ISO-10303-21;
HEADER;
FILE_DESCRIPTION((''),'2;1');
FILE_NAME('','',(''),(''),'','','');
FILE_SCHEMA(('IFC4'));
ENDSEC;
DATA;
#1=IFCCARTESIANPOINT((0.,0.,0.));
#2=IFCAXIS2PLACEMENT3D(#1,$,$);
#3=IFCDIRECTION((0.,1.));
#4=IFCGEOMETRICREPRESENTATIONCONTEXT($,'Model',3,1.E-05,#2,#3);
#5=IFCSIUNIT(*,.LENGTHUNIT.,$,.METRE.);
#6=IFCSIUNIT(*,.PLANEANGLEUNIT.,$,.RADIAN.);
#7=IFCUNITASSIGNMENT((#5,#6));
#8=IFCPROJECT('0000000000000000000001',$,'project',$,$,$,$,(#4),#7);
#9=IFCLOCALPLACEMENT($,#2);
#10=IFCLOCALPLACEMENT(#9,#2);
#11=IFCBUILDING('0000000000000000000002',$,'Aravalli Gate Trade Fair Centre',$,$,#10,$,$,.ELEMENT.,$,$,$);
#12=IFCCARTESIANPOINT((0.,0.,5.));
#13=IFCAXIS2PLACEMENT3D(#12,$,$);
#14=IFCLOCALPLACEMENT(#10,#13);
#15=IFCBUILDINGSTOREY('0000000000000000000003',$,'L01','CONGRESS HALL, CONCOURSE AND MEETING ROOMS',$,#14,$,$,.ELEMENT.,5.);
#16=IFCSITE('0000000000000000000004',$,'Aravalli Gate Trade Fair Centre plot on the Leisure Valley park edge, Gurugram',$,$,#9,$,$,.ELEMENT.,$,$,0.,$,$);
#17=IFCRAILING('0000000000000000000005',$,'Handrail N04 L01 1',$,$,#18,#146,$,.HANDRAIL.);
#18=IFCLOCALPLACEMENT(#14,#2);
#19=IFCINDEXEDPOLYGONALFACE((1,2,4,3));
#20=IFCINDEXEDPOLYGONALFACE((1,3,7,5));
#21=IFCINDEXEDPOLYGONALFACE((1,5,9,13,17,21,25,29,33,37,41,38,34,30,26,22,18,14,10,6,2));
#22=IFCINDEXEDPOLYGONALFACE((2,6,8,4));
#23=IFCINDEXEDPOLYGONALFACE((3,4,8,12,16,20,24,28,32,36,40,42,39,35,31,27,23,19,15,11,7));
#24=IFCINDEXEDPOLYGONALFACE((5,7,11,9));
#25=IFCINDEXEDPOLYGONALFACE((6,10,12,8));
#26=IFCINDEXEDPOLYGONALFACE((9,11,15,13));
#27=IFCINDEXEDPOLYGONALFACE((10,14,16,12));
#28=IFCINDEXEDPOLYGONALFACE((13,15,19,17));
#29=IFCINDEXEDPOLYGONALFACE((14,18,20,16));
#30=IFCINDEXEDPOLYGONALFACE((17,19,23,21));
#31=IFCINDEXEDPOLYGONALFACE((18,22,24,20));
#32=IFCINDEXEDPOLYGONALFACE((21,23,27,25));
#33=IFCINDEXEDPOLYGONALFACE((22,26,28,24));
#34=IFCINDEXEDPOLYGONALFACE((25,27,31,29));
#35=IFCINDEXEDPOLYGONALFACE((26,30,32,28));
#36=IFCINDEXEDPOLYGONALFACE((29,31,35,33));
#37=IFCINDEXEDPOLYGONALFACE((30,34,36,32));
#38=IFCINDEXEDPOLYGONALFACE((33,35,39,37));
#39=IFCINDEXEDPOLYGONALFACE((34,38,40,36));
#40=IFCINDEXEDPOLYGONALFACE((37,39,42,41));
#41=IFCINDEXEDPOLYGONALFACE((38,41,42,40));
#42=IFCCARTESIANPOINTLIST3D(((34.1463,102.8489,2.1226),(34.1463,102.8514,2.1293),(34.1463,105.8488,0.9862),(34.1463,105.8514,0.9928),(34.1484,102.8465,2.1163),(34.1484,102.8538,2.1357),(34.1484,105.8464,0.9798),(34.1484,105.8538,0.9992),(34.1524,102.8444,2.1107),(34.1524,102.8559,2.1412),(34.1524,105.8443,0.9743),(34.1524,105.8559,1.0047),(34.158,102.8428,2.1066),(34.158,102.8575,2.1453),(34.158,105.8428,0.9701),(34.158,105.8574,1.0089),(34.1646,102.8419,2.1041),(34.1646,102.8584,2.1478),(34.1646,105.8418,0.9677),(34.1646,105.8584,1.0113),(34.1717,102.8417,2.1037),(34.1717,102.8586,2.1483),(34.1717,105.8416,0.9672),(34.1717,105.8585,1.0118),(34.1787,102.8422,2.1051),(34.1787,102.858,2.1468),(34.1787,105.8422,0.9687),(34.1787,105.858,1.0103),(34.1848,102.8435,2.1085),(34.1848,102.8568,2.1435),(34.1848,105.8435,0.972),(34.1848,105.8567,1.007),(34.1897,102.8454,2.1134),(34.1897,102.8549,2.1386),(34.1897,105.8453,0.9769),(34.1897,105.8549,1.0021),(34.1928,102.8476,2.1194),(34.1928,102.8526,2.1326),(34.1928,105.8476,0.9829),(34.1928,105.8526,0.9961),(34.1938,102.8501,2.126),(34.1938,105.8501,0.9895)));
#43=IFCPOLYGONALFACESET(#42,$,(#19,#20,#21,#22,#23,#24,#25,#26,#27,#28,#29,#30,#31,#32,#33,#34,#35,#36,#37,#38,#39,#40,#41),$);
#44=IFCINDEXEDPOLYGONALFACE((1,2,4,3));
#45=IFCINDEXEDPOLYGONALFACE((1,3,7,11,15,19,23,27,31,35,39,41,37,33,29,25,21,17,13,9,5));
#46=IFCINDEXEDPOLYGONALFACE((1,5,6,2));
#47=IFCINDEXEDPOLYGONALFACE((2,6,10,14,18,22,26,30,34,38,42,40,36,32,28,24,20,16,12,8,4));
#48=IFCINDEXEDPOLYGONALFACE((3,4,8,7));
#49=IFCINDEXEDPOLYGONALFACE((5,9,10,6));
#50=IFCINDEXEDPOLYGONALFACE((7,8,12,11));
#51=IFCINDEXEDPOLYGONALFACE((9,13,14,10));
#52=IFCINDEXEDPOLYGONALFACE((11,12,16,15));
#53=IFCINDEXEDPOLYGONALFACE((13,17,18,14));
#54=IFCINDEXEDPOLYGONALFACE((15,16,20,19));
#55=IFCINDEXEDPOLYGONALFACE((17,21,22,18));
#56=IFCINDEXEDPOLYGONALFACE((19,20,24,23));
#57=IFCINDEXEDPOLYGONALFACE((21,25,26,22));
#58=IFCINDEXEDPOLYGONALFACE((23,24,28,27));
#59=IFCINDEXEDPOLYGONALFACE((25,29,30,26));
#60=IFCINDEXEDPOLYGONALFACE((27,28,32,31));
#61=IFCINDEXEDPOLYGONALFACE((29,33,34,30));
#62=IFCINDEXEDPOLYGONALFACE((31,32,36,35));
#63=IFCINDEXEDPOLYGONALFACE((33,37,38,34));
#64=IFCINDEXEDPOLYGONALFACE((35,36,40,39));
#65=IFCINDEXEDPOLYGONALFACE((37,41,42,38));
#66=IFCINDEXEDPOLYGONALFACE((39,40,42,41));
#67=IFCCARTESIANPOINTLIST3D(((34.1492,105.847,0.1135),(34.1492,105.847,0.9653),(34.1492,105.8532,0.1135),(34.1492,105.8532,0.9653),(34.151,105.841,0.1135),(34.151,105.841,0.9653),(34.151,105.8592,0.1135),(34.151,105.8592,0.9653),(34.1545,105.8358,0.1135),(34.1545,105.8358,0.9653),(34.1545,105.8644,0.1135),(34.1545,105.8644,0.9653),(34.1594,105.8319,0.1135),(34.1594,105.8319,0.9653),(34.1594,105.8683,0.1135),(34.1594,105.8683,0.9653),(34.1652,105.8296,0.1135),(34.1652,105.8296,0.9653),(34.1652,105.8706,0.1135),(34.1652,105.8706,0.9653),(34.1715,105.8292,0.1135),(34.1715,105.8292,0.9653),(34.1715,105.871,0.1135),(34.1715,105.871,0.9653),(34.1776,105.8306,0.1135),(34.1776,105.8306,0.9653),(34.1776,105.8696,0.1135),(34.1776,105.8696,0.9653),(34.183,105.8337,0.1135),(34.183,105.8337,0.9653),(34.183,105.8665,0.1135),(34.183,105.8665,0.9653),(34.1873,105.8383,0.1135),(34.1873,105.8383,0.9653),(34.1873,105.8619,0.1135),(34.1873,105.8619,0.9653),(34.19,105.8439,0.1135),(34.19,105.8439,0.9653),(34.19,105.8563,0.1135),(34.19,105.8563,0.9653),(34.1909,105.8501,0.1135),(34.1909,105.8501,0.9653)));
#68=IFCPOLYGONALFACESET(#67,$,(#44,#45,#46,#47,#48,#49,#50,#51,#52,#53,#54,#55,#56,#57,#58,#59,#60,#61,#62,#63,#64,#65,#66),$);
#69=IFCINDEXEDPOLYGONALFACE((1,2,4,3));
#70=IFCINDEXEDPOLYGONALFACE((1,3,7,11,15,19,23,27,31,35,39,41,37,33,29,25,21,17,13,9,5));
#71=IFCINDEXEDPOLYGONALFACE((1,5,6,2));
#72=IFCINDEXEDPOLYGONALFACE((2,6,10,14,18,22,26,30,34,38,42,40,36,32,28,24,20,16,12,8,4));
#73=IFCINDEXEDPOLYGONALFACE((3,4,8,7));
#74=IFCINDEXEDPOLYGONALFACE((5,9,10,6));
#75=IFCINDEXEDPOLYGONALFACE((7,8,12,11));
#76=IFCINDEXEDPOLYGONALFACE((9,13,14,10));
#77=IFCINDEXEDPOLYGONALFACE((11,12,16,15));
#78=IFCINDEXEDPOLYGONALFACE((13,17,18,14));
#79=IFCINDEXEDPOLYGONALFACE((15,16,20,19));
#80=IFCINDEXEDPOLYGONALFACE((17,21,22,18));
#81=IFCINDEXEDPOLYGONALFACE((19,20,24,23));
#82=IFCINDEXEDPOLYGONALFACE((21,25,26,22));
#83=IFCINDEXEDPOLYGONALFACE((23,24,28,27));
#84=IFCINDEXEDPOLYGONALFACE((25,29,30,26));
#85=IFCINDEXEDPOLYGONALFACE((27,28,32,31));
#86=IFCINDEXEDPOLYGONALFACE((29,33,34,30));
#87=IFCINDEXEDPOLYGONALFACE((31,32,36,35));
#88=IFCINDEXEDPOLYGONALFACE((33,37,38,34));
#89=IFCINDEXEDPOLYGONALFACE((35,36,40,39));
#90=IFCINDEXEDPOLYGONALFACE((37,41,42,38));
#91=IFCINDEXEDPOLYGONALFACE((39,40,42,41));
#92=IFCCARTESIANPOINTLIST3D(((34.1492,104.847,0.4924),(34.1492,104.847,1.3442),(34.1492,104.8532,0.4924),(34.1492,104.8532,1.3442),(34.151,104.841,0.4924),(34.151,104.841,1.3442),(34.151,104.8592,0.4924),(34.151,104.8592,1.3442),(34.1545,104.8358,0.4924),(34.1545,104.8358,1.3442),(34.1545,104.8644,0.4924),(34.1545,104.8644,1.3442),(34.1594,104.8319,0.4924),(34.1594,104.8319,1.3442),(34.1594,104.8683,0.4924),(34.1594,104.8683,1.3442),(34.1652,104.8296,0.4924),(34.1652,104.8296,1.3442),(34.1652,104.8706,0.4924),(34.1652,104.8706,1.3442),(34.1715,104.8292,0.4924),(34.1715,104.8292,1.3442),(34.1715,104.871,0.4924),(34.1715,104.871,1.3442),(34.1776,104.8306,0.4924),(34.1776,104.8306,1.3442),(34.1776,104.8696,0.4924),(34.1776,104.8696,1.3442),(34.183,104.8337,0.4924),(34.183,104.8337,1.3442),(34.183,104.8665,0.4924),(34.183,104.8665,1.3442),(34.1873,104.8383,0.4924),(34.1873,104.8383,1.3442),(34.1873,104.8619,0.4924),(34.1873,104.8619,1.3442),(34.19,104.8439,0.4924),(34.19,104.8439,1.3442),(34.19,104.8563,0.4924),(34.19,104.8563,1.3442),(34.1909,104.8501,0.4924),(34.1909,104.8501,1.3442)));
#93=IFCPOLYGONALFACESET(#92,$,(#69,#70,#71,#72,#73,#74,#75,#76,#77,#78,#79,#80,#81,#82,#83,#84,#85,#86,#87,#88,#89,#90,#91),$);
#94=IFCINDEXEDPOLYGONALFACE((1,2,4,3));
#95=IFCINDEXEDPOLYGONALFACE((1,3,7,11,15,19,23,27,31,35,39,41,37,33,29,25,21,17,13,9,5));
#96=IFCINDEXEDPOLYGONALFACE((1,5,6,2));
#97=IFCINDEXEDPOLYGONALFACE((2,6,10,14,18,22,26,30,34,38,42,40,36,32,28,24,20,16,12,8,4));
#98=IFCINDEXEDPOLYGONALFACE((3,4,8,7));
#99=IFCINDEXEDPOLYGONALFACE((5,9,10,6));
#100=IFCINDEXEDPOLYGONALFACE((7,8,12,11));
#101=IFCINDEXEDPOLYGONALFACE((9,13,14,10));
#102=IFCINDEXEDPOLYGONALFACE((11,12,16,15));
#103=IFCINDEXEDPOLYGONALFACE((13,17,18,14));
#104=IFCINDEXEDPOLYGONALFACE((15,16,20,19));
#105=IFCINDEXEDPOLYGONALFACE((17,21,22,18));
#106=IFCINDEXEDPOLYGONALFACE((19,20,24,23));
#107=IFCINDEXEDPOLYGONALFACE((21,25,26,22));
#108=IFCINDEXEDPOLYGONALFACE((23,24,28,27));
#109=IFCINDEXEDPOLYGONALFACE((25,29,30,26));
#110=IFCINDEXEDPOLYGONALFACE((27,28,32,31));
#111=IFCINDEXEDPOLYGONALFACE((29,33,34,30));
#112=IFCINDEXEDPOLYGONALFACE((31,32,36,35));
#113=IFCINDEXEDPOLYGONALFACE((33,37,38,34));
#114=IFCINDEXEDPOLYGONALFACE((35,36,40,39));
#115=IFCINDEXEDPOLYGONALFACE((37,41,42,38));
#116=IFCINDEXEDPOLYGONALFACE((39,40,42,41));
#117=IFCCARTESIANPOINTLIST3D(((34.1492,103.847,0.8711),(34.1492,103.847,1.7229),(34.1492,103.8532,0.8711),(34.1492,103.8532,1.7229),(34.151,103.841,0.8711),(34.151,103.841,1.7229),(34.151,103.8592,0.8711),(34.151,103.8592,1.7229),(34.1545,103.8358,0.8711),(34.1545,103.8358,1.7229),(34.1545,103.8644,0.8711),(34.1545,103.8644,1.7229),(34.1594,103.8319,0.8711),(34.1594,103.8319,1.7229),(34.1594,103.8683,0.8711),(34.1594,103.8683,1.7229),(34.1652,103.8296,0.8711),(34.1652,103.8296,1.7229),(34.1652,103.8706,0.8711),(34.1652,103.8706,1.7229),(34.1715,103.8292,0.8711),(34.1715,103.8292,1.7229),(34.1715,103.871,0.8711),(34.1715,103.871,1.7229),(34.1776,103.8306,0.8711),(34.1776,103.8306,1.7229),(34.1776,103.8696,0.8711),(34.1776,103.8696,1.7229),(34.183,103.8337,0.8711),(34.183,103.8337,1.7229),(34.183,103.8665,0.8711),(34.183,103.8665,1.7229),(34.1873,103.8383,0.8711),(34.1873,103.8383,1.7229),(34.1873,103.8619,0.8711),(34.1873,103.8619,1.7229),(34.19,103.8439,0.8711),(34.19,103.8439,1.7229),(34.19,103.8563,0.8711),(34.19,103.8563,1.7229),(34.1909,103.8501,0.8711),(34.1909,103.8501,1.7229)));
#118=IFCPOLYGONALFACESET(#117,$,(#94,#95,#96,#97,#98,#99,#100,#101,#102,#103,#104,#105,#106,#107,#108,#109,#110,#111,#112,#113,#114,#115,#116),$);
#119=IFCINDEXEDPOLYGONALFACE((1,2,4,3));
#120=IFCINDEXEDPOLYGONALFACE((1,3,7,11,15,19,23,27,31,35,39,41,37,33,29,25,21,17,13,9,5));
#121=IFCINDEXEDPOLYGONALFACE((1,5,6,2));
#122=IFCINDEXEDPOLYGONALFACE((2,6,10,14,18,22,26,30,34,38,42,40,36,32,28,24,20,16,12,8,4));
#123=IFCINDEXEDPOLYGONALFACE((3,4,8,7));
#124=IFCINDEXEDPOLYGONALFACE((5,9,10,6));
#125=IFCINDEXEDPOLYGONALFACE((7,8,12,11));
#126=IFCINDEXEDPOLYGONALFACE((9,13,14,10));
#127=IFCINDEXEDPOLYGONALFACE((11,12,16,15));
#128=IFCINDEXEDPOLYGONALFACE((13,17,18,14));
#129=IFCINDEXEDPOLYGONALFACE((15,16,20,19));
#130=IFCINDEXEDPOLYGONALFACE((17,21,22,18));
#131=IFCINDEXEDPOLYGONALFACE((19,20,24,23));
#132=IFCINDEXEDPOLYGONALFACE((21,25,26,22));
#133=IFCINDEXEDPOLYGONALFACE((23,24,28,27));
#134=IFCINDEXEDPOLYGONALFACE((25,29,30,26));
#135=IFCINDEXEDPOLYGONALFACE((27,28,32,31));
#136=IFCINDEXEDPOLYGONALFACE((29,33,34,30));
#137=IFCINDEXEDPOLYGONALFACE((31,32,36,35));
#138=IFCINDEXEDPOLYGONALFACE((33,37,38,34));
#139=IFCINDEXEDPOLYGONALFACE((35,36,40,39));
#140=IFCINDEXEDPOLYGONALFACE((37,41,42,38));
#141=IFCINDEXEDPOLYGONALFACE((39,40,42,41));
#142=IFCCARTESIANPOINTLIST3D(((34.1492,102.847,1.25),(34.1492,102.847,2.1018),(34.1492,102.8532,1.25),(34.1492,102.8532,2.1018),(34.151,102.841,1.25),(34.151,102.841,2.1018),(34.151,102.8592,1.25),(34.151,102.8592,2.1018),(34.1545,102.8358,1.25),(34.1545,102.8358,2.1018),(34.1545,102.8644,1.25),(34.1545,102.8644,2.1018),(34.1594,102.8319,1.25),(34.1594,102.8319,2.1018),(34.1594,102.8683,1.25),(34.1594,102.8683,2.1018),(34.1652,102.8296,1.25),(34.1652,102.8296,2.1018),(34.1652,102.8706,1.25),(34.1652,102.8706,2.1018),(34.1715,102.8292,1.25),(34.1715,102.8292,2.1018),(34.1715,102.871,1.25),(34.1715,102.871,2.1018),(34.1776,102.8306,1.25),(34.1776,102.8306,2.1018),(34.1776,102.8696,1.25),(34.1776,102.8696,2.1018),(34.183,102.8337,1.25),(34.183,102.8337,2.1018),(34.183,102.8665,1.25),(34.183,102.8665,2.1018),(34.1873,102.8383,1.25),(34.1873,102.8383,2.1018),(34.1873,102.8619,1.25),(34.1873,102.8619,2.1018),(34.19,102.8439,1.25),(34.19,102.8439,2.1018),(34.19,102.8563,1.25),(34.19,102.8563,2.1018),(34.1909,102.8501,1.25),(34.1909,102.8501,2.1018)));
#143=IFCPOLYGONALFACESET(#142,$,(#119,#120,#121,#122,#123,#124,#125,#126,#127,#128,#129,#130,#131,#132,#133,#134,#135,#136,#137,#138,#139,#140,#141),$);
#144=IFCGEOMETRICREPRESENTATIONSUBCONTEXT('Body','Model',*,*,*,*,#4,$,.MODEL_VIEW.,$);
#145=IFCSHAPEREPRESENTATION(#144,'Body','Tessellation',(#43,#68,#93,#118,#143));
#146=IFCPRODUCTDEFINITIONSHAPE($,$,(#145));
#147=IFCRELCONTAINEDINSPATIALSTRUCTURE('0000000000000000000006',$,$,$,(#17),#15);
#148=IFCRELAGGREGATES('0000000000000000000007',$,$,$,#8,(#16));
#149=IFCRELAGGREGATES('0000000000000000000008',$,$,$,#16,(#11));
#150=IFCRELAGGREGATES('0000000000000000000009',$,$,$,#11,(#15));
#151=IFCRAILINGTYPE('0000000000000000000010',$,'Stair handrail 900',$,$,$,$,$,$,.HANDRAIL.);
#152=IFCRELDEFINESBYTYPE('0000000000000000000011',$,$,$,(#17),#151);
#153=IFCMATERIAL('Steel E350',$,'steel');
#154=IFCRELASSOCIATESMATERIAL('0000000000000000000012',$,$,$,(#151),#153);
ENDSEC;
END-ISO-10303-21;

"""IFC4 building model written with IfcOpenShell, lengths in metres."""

from ifc_helpers import new_model, si_unit, direction, frame, origin, origin_2d, place, context, subcontext, project, spatial, circle, extrude, material, type_object, element, save


model = new_model("IFC4")

# Units and contexts
model_context = context("Model", 3, precision=1e-05, world=origin(), true_north=direction((0.0, 1.0)))
body_context = subcontext(model_context, "Body", "Model", "MODEL_VIEW")
ifc_project = project(units=[si_unit("LENGTHUNIT", "METRE"), si_unit("PLANEANGLEUNIT", "RADIAN")], contexts=[model_context])

# Site, building, storey
site_placement = place(None, origin())
site = spatial("IfcSite", under=ifc_project, at=site_placement, Name="Aravalli Gate Trade Fair Centre plot on the Leisure Valley park edge, Gurugram", CompositionType="ELEMENT", RefElevation=0.0)
building_placement = place(site_placement, origin())
building = spatial("IfcBuilding", under=site, at=building_placement, Name="Aravalli Gate Trade Fair Centre", CompositionType="ELEMENT")
storey_placement = place(building_placement, frame((0.0, 0.0, 5.0)))
storey = spatial("IfcBuildingStorey", under=building, at=storey_placement, Name="L01", Description="CONGRESS HALL, CONCOURSE AND MEETING ROOMS", CompositionType="ELEMENT", Elevation=5.0)

# Shared definitions
ifc_material_1 = material(Name="Steel E350", Category="steel")

# Railing
railing_type_1 = type_object("IfcRailingType", Name="Stair handrail 900", PredefinedType="HANDRAIL", material=ifc_material_1)
railing_1_placement = place(storey_placement, frame((34.1699, 105.8501, 0.1135)))
element("IfcRailing", 1, at=railing_1_placement, inside=storey, type_object=railing_type_1, Name="Handrail N04 L01 1", PredefinedType="HANDRAIL", context=body_context, shape_type="SweptSolid", body=[
    extrude(circle(Radius=0.0239, at=origin_2d()), frame((0.0, 0.0, 0.876), z_axis=(0.0, -0.935148, 0.354257), x_axis=(1.0, 0.0, 0.0)), (0.0, 0.0, 1.0), 3.208),
    extrude(circle(Radius=0.021, at=origin_2d()), origin(), (0.0, 0.0, 1.0), 0.8518),
    extrude(circle(Radius=0.021, at=origin_2d()), frame((0.0, -1.0, 0.3789)), (0.0, 0.0, 1.0), 0.8518),
    extrude(circle(Radius=0.021, at=origin_2d()), frame((0.0, -2.0, 0.7576)), (0.0, 0.0, 1.0), 0.8518),
    extrude(circle(Radius=0.021, at=origin_2d()), frame((0.0, -3.0, 1.1365)), (0.0, 0.0, 1.0), 0.8518),
])

save(model, "model.ifc")
